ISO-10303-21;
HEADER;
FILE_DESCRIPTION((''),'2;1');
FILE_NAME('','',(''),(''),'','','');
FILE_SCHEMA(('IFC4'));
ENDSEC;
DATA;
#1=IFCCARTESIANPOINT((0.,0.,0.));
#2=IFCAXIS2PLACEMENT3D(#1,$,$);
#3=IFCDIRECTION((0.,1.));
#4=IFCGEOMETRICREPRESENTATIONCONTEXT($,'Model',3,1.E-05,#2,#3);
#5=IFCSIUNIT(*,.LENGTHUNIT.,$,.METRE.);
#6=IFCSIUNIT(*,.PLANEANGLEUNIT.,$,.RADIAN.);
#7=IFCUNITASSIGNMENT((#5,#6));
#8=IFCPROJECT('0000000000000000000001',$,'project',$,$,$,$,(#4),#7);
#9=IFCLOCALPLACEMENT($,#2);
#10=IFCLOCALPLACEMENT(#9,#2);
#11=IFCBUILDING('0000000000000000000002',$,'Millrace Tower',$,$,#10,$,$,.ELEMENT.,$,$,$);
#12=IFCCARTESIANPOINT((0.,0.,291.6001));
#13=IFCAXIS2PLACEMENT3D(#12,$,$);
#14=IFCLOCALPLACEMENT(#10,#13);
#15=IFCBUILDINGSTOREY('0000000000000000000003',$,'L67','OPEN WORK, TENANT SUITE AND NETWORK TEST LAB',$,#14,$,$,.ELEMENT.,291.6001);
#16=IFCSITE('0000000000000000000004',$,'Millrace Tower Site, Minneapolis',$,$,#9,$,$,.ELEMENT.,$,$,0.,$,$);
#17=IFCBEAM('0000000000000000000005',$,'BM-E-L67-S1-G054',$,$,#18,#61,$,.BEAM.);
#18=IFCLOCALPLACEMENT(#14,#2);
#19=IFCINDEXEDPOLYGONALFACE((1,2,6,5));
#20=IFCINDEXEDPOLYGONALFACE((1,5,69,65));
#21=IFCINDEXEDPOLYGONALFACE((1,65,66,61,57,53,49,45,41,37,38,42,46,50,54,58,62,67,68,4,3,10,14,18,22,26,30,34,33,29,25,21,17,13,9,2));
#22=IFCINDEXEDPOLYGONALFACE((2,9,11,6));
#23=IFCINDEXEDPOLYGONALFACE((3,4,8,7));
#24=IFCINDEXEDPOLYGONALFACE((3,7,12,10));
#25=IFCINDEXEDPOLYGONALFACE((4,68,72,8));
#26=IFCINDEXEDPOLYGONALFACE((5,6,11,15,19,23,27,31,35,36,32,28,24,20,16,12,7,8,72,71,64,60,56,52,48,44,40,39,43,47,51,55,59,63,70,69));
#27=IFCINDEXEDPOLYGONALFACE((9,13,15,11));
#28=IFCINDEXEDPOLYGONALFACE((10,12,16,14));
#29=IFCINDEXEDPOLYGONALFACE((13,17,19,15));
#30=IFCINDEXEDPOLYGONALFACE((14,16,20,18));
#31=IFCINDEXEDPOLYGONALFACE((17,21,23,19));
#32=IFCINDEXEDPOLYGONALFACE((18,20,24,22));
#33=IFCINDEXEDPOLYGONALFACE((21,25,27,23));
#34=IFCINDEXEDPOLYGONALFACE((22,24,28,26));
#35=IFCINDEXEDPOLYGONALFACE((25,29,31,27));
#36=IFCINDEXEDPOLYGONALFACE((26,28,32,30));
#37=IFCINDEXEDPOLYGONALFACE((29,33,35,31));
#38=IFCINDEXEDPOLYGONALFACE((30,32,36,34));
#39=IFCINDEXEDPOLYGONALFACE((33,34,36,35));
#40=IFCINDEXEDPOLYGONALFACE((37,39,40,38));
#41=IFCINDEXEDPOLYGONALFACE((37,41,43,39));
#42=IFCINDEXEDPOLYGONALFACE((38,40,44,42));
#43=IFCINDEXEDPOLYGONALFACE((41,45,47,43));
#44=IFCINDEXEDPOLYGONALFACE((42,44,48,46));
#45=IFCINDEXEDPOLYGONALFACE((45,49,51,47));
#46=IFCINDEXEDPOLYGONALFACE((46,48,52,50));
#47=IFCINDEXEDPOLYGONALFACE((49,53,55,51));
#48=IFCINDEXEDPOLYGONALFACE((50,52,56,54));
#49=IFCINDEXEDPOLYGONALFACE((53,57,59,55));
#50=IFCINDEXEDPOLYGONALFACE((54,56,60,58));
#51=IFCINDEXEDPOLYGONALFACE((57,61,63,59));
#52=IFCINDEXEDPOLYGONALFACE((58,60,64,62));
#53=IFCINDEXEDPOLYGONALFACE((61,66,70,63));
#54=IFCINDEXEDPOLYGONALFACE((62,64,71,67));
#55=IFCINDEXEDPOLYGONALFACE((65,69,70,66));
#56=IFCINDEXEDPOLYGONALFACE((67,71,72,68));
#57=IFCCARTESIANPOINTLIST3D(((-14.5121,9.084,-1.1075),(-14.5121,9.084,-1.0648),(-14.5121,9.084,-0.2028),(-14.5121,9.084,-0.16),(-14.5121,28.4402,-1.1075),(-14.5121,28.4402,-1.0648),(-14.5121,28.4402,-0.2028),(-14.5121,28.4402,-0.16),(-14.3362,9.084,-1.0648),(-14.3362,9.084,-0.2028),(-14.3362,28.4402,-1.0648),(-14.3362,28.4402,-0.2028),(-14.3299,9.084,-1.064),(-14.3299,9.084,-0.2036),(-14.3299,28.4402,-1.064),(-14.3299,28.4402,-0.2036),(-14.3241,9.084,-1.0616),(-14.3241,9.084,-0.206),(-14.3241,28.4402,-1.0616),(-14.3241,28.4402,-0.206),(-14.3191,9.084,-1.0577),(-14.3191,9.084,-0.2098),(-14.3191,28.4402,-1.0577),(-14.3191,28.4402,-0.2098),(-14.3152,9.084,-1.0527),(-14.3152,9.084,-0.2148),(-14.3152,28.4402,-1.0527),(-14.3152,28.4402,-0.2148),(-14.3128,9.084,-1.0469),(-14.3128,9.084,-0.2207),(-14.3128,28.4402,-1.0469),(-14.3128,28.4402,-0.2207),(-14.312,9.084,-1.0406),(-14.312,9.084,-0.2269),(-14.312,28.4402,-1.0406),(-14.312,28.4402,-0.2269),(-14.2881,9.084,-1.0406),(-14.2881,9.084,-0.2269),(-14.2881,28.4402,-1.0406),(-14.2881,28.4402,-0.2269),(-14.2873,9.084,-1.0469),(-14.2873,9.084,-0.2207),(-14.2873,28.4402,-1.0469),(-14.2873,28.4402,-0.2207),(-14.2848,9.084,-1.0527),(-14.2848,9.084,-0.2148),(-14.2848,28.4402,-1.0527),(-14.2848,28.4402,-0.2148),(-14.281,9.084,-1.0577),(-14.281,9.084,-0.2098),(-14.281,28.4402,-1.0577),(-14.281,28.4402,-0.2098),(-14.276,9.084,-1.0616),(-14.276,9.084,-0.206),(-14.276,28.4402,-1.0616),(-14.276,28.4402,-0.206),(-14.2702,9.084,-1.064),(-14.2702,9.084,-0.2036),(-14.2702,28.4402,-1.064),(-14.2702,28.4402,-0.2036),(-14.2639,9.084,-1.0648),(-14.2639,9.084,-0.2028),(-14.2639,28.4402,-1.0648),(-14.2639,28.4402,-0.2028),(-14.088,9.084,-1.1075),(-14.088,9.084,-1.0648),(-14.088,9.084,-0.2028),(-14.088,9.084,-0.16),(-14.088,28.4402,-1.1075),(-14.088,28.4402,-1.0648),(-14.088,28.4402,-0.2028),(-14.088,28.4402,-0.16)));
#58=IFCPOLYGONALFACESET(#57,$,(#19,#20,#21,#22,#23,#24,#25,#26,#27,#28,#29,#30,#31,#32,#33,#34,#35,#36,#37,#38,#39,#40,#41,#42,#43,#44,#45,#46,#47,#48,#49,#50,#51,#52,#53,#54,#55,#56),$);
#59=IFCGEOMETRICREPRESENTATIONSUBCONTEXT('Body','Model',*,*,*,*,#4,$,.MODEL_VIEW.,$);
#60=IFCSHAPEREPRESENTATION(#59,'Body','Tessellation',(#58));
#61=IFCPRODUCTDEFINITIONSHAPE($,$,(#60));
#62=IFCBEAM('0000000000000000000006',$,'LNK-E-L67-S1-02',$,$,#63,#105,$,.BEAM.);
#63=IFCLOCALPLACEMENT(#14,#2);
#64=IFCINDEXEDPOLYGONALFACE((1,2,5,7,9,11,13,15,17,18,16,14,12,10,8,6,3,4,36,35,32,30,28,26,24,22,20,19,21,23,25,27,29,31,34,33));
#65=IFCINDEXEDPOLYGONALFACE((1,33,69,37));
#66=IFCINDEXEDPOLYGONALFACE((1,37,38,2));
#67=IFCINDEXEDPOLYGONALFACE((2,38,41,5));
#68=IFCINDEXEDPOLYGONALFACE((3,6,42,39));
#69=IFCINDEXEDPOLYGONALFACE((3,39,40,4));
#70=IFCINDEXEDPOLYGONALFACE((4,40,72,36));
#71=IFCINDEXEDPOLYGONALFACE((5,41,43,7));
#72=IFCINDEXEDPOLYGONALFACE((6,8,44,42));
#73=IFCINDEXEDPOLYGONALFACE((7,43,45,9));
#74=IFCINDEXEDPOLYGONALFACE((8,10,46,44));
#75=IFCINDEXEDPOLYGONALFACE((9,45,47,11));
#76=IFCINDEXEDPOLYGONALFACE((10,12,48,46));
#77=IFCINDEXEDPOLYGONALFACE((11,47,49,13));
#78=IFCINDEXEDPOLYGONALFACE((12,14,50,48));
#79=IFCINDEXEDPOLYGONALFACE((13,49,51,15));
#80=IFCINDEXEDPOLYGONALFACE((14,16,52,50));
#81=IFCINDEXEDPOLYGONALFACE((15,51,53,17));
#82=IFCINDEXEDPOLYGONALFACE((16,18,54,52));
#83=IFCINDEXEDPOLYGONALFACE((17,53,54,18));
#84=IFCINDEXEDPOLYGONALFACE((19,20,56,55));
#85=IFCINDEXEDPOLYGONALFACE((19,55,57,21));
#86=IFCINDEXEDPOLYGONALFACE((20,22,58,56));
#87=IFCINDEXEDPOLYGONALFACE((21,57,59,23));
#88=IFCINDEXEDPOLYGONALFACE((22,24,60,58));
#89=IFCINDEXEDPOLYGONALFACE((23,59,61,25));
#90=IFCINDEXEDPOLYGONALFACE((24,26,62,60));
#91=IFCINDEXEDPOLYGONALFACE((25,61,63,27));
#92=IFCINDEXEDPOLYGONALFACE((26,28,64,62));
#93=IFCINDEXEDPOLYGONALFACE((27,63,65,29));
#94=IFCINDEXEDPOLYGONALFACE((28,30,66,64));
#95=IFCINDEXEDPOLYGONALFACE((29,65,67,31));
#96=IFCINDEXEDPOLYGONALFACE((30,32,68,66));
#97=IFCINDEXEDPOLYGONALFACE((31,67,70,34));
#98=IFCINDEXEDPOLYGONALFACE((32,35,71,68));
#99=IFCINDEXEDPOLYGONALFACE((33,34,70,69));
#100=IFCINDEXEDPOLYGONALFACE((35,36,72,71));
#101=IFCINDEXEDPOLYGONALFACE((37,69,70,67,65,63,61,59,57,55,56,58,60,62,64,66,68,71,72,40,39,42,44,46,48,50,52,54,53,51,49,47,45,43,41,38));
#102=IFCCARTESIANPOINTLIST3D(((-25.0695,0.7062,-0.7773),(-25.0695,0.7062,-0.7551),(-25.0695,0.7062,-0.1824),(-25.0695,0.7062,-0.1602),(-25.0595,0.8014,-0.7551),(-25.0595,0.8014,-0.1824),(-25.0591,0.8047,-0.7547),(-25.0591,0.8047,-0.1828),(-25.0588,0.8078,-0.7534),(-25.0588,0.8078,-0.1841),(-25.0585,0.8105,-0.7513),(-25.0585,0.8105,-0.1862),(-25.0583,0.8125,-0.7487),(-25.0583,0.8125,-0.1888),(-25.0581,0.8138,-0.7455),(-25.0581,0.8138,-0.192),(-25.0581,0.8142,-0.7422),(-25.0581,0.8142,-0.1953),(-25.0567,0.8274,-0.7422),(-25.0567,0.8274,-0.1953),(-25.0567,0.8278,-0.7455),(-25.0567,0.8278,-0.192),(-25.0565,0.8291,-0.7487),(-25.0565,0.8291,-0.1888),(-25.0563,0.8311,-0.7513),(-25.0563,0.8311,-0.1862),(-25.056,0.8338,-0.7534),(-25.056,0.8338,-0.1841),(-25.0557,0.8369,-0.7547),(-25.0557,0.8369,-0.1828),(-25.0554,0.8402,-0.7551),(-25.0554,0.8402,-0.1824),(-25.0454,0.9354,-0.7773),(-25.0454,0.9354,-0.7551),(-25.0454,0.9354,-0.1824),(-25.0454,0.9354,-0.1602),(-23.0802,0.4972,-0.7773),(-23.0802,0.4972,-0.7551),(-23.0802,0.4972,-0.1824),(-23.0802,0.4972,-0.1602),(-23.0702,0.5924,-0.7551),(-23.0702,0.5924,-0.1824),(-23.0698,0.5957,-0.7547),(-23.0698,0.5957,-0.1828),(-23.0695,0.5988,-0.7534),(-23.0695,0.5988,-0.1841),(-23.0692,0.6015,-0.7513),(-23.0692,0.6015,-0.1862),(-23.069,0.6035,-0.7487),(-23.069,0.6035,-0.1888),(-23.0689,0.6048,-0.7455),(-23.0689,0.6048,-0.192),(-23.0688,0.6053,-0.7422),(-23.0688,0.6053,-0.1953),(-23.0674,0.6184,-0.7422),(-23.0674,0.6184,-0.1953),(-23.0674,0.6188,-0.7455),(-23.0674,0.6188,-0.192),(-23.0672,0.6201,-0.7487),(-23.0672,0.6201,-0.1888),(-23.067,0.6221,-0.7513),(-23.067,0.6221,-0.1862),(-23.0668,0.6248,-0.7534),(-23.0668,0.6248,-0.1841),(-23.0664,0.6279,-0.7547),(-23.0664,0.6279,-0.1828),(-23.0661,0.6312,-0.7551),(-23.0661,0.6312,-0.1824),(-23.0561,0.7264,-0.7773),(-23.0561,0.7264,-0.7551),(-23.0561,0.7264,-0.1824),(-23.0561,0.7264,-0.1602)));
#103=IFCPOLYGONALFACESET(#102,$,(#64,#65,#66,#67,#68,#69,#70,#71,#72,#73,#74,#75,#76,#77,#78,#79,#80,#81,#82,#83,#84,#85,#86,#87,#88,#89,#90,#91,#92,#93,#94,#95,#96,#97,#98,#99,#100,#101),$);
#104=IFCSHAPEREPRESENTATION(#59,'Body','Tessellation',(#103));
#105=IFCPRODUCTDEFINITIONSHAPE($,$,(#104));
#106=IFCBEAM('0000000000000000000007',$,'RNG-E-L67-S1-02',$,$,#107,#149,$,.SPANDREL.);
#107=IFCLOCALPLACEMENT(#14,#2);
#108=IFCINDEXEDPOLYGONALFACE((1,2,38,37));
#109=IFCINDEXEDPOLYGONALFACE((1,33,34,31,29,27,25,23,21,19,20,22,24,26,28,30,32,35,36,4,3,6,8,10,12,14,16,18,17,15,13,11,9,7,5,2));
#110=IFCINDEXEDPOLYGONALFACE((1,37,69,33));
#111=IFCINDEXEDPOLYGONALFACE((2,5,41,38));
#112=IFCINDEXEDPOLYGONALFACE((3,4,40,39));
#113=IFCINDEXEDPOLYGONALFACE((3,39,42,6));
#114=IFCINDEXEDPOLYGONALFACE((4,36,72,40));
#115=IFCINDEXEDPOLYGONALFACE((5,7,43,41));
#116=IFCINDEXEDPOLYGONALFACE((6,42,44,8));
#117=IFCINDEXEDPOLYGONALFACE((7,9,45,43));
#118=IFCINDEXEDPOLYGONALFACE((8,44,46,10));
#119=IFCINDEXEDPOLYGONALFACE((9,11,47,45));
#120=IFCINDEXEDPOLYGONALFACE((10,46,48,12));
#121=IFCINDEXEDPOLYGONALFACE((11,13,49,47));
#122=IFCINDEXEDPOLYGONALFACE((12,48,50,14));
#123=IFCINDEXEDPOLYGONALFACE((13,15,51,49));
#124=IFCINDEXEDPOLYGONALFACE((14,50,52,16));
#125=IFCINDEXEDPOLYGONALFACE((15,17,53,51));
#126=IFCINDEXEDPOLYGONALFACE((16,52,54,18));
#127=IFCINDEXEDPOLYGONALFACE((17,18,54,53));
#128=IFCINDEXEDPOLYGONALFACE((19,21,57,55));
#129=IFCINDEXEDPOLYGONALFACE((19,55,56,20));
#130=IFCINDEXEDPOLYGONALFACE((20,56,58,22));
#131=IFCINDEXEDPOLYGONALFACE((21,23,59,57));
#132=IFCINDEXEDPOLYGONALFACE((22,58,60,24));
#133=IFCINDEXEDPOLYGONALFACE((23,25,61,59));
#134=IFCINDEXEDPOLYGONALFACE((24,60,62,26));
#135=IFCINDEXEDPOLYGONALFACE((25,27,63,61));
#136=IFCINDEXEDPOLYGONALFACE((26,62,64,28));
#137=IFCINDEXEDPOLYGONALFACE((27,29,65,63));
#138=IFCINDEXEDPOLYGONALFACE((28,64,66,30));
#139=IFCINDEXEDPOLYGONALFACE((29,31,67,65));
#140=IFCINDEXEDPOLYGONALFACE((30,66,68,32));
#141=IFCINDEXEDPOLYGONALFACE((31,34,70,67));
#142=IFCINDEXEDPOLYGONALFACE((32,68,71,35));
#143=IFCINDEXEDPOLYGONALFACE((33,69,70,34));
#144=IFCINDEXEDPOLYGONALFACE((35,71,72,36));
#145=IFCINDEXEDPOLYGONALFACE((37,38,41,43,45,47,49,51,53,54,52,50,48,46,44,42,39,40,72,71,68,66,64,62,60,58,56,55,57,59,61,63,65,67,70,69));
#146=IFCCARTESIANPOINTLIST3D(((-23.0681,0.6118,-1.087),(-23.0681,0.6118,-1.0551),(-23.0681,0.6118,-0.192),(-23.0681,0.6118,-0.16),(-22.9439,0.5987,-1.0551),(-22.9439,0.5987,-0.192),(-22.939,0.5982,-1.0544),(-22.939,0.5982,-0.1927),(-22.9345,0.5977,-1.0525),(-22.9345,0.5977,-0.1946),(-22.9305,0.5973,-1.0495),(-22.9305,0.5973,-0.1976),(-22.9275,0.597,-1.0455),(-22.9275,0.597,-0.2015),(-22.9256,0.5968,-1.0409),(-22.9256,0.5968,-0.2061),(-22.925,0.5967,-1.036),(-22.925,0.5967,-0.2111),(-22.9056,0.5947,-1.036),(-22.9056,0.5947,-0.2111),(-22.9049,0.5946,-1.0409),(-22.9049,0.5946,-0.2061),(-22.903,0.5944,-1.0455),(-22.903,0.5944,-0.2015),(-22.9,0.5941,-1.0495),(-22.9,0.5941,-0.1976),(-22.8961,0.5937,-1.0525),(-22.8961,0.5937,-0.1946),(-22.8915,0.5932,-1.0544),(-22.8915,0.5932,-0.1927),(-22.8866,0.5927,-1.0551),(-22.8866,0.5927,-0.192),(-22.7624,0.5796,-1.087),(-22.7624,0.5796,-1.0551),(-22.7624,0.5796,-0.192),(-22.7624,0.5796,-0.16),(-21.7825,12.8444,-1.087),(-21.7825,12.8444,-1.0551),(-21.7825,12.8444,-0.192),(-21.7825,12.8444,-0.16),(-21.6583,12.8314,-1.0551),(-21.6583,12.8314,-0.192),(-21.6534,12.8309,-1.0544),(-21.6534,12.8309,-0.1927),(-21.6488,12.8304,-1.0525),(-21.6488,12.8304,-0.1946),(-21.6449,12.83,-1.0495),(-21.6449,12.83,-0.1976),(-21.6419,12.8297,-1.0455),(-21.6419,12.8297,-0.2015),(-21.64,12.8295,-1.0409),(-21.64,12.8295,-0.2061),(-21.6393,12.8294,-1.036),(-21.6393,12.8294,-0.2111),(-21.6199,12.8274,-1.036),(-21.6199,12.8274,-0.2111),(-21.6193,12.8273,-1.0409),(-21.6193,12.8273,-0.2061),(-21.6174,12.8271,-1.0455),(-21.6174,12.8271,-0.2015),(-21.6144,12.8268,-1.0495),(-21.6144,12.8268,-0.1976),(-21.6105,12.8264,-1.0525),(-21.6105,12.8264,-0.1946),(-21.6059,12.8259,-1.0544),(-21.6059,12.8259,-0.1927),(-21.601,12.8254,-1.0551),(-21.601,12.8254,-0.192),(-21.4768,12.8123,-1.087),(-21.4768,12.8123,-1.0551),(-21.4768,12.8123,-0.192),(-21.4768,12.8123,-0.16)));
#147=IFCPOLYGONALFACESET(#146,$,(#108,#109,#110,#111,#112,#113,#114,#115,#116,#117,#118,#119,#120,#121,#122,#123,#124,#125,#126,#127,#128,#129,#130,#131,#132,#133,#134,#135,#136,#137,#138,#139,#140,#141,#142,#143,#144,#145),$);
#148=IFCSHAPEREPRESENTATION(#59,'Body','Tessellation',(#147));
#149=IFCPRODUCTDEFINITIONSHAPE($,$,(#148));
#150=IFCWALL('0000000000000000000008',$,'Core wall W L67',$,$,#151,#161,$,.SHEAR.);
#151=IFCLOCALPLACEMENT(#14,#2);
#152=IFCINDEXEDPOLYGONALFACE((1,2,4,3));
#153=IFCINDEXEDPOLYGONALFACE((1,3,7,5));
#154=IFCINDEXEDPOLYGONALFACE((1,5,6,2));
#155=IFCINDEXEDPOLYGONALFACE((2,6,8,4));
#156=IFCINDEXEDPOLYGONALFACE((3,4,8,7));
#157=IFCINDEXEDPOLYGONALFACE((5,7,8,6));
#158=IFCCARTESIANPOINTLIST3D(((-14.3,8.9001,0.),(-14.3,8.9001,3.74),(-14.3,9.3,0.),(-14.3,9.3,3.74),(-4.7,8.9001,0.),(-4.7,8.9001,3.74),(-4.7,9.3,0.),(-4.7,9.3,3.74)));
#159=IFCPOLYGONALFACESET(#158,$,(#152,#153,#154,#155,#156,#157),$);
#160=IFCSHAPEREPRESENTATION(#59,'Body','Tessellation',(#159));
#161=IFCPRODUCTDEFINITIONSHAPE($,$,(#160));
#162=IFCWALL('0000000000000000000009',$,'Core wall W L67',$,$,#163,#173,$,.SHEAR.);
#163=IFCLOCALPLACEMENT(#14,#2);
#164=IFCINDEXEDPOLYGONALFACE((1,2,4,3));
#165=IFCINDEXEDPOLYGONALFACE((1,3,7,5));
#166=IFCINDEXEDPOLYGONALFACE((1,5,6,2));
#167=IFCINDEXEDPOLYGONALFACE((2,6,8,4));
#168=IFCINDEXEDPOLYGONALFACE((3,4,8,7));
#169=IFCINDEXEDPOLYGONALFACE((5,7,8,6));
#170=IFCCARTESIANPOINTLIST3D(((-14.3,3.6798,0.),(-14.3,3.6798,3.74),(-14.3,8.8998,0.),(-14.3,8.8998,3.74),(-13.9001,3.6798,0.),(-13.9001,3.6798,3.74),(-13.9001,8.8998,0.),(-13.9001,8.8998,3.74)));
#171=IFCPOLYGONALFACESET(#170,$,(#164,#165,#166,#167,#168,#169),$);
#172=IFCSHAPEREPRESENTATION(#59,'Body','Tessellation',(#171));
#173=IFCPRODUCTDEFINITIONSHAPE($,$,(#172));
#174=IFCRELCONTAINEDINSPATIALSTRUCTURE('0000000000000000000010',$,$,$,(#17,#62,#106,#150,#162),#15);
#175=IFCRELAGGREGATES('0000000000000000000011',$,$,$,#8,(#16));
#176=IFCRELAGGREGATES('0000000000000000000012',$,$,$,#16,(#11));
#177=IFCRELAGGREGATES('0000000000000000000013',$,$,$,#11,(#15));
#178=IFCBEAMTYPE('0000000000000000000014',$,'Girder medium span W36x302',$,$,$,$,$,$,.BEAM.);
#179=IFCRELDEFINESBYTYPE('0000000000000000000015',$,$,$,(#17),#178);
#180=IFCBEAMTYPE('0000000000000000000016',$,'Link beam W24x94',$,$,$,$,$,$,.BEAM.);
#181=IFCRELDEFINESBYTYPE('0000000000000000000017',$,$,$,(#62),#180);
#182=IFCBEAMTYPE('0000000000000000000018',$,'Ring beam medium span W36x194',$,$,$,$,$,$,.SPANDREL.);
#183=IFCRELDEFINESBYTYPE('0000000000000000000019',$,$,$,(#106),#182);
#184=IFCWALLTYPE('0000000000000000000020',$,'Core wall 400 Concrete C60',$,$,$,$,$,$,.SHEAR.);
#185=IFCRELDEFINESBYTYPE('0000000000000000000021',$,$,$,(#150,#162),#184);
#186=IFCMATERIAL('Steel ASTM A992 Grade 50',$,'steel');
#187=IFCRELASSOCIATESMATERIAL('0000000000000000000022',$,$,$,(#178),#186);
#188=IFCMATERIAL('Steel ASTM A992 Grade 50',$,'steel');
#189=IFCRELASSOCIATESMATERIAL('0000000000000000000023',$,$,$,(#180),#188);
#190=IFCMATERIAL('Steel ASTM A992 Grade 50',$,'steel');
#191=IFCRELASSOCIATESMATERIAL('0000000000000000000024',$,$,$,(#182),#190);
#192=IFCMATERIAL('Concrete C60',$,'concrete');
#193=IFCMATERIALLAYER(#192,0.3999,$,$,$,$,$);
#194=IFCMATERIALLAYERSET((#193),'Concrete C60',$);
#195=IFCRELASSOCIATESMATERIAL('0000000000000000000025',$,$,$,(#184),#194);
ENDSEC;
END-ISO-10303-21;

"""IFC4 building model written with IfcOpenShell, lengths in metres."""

from ifc_helpers import new_model, si_unit, direction, frame, frame_2d, origin, origin_2d, place, context, subcontext, project, spatial, rectangle, i_section, extrude, material, layer, layer_set, material_profile, profile_set, type_object, element, save


model = new_model("IFC4")

# Units and contexts
model_context = context("Model", 3, precision=1e-05, world=origin(), true_north=direction((0.0, 1.0)))
body_context = subcontext(model_context, "Body", "Model", "MODEL_VIEW")
ifc_project = project(units=[si_unit("LENGTHUNIT", "METRE"), si_unit("PLANEANGLEUNIT", "RADIAN")], contexts=[model_context])

# Site, building, storey
site_placement = place(None, origin())
site = spatial("IfcSite", under=ifc_project, at=site_placement, Name="Millrace Tower Site, Minneapolis", CompositionType="ELEMENT", RefElevation=0.0)
building_placement = place(site_placement, origin())
building = spatial("IfcBuilding", under=site, at=building_placement, Name="Millrace Tower", CompositionType="ELEMENT")
storey_placement = place(building_placement, frame((0.0, 0.0, 291.6001)))
storey = spatial("IfcBuildingStorey", under=building, at=storey_placement, Name="L67", Description="OPEN WORK, TENANT SUITE AND NETWORK TEST LAB", CompositionType="ELEMENT", Elevation=291.6001)

# Beams
ifc_material_1 = material(Name="Steel ASTM A992 Grade 50", Category="steel")
ifc_material_profile_1 = material_profile(ifc_material_1, i_section(OverallWidth=0.4241, OverallDepth=0.9475, WebThickness=0.0239, FlangeThickness=0.0427, FilletRadius=0.0242, at=origin_2d()))
ifc_profile_set_1 = profile_set([ifc_material_profile_1], Name="Steel ASTM A992 Grade 50")
beam_type_1 = type_object("IfcBeamType", Name="Girder medium span W36x302", PredefinedType="BEAM", material=ifc_profile_set_1)
beam_1_placement = place(storey_placement, frame((-14.3, 9.084, -0.6338), z_axis=(0.0, 1.0, 0.0), x_axis=(-1.0, 0.0, 0.0)))
element("IfcBeam", 1, at=beam_1_placement, inside=storey, type_object=beam_type_1, Name="BM-E-L67-S1-G054", PredefinedType="BEAM", context=body_context, shape_type="SweptSolid", body=[
    extrude(i_section(OverallWidth=0.4241, OverallDepth=0.9475, WebThickness=0.0239, FlangeThickness=0.0427, FilletRadius=0.0242, at=origin_2d()), origin(), (0.0, 0.0, 1.0), 19.3562),
])
ifc_material_2 = material(Name="Steel ASTM A992 Grade 50", Category="steel")
ifc_material_profile_2 = material_profile(ifc_material_2, i_section(OverallWidth=0.2305, OverallDepth=0.6172, WebThickness=0.0132, FlangeThickness=0.0222, FilletRadius=0.0129, at=origin_2d()))
ifc_profile_set_2 = profile_set([ifc_material_profile_2], Name="Steel ASTM A992 Grade 50")
beam_type_2 = type_object("IfcBeamType", Name="Link beam W24x94", PredefinedType="BEAM", material=ifc_profile_set_2)
beam_2_placement = place(storey_placement, frame((-23.0681, 0.6118, -0.4688), z_axis=(-0.994527, 0.104481, 0.0), x_axis=(-0.104481, -0.994527, 0.0)))
element("IfcBeam", 2, at=beam_2_placement, inside=storey, type_object=beam_type_2, Name="LNK-E-L67-S1-02", PredefinedType="BEAM", context=body_context, shape_type="SweptSolid", body=[
    extrude(i_section(OverallWidth=0.2305, OverallDepth=0.6172, WebThickness=0.0132, FlangeThickness=0.0222, FilletRadius=0.0129, at=origin_2d()), origin(), (0.0, 0.0, 1.0), 2.0002),
])
ifc_material_3 = material(Name="Steel ASTM A992 Grade 50", Category="steel")
ifc_material_profile_3 = material_profile(ifc_material_3, i_section(OverallWidth=0.3074, OverallDepth=0.927, WebThickness=0.0195, FlangeThickness=0.032, FilletRadius=0.019, at=origin_2d()))
ifc_profile_set_3 = profile_set([ifc_material_profile_3], Name="Steel ASTM A992 Grade 50")
beam_type_3 = type_object("IfcBeamType", Name="Ring beam medium span W36x194", PredefinedType="SPANDREL", material=ifc_profile_set_3)
beam_3_placement = place(storey_placement, frame((-22.9153, 0.5957, -0.6235), z_axis=(0.104524, 0.994522, 0.0), x_axis=(-0.994522, 0.104524, 0.0)))
element("IfcBeam", 3, at=beam_3_placement, inside=storey, type_object=beam_type_3, Name="RNG-E-L67-S1-02", PredefinedType="SPANDREL", context=body_context, shape_type="SweptSolid", body=[
    extrude(i_section(OverallWidth=0.3074, OverallDepth=0.927, WebThickness=0.0195, FlangeThickness=0.032, FilletRadius=0.019, at=origin_2d()), origin(), (0.0, 0.0, 1.0), 12.3),
])

# Walls
ifc_material_4 = material(Name="Concrete C60", Category="concrete")
ifc_layer_1 = layer(ifc_material_4, 0.3999)
ifc_layer_set_1 = layer_set([ifc_layer_1], Name="Concrete C60")
wall_type_1 = type_object("IfcWallType", Name="Core wall 400 Concrete C60", PredefinedType="SHEAR", material=ifc_layer_set_1)
wall_1_placement = place(storey_placement, frame((-14.3, 9.1001, 0.0), z_axis=(0.0, 0.0, 1.0), x_axis=(1.0, 0.0, 0.0)))
element("IfcWall", 4, at=wall_1_placement, inside=storey, type_object=wall_type_1, Name="Core wall W L67", PredefinedType="SHEAR", context=body_context, shape_type="SweptSolid", body=[
    extrude(rectangle(XDim=9.6001, YDim=0.3999, at=frame_2d((4.8, 0.0))), origin(), (0.0, 0.0, 1.0), 3.74),
])
wall_2_placement = place(storey_placement, frame((-14.1001, 3.6799, 0.0), z_axis=(0.0, 0.0, 1.0), x_axis=(0.0, 1.0, 0.0)))
element("IfcWall", 5, at=wall_2_placement, inside=storey, type_object=wall_type_1, Name="Core wall W L67", PredefinedType="SHEAR", context=body_context, shape_type="SweptSolid", body=[
    extrude(rectangle(XDim=5.22, YDim=0.3999, at=frame_2d((2.6099, 0.0))), origin(), (0.0, 0.0, 1.0), 3.74),
])

save(model, "model.ifc")
